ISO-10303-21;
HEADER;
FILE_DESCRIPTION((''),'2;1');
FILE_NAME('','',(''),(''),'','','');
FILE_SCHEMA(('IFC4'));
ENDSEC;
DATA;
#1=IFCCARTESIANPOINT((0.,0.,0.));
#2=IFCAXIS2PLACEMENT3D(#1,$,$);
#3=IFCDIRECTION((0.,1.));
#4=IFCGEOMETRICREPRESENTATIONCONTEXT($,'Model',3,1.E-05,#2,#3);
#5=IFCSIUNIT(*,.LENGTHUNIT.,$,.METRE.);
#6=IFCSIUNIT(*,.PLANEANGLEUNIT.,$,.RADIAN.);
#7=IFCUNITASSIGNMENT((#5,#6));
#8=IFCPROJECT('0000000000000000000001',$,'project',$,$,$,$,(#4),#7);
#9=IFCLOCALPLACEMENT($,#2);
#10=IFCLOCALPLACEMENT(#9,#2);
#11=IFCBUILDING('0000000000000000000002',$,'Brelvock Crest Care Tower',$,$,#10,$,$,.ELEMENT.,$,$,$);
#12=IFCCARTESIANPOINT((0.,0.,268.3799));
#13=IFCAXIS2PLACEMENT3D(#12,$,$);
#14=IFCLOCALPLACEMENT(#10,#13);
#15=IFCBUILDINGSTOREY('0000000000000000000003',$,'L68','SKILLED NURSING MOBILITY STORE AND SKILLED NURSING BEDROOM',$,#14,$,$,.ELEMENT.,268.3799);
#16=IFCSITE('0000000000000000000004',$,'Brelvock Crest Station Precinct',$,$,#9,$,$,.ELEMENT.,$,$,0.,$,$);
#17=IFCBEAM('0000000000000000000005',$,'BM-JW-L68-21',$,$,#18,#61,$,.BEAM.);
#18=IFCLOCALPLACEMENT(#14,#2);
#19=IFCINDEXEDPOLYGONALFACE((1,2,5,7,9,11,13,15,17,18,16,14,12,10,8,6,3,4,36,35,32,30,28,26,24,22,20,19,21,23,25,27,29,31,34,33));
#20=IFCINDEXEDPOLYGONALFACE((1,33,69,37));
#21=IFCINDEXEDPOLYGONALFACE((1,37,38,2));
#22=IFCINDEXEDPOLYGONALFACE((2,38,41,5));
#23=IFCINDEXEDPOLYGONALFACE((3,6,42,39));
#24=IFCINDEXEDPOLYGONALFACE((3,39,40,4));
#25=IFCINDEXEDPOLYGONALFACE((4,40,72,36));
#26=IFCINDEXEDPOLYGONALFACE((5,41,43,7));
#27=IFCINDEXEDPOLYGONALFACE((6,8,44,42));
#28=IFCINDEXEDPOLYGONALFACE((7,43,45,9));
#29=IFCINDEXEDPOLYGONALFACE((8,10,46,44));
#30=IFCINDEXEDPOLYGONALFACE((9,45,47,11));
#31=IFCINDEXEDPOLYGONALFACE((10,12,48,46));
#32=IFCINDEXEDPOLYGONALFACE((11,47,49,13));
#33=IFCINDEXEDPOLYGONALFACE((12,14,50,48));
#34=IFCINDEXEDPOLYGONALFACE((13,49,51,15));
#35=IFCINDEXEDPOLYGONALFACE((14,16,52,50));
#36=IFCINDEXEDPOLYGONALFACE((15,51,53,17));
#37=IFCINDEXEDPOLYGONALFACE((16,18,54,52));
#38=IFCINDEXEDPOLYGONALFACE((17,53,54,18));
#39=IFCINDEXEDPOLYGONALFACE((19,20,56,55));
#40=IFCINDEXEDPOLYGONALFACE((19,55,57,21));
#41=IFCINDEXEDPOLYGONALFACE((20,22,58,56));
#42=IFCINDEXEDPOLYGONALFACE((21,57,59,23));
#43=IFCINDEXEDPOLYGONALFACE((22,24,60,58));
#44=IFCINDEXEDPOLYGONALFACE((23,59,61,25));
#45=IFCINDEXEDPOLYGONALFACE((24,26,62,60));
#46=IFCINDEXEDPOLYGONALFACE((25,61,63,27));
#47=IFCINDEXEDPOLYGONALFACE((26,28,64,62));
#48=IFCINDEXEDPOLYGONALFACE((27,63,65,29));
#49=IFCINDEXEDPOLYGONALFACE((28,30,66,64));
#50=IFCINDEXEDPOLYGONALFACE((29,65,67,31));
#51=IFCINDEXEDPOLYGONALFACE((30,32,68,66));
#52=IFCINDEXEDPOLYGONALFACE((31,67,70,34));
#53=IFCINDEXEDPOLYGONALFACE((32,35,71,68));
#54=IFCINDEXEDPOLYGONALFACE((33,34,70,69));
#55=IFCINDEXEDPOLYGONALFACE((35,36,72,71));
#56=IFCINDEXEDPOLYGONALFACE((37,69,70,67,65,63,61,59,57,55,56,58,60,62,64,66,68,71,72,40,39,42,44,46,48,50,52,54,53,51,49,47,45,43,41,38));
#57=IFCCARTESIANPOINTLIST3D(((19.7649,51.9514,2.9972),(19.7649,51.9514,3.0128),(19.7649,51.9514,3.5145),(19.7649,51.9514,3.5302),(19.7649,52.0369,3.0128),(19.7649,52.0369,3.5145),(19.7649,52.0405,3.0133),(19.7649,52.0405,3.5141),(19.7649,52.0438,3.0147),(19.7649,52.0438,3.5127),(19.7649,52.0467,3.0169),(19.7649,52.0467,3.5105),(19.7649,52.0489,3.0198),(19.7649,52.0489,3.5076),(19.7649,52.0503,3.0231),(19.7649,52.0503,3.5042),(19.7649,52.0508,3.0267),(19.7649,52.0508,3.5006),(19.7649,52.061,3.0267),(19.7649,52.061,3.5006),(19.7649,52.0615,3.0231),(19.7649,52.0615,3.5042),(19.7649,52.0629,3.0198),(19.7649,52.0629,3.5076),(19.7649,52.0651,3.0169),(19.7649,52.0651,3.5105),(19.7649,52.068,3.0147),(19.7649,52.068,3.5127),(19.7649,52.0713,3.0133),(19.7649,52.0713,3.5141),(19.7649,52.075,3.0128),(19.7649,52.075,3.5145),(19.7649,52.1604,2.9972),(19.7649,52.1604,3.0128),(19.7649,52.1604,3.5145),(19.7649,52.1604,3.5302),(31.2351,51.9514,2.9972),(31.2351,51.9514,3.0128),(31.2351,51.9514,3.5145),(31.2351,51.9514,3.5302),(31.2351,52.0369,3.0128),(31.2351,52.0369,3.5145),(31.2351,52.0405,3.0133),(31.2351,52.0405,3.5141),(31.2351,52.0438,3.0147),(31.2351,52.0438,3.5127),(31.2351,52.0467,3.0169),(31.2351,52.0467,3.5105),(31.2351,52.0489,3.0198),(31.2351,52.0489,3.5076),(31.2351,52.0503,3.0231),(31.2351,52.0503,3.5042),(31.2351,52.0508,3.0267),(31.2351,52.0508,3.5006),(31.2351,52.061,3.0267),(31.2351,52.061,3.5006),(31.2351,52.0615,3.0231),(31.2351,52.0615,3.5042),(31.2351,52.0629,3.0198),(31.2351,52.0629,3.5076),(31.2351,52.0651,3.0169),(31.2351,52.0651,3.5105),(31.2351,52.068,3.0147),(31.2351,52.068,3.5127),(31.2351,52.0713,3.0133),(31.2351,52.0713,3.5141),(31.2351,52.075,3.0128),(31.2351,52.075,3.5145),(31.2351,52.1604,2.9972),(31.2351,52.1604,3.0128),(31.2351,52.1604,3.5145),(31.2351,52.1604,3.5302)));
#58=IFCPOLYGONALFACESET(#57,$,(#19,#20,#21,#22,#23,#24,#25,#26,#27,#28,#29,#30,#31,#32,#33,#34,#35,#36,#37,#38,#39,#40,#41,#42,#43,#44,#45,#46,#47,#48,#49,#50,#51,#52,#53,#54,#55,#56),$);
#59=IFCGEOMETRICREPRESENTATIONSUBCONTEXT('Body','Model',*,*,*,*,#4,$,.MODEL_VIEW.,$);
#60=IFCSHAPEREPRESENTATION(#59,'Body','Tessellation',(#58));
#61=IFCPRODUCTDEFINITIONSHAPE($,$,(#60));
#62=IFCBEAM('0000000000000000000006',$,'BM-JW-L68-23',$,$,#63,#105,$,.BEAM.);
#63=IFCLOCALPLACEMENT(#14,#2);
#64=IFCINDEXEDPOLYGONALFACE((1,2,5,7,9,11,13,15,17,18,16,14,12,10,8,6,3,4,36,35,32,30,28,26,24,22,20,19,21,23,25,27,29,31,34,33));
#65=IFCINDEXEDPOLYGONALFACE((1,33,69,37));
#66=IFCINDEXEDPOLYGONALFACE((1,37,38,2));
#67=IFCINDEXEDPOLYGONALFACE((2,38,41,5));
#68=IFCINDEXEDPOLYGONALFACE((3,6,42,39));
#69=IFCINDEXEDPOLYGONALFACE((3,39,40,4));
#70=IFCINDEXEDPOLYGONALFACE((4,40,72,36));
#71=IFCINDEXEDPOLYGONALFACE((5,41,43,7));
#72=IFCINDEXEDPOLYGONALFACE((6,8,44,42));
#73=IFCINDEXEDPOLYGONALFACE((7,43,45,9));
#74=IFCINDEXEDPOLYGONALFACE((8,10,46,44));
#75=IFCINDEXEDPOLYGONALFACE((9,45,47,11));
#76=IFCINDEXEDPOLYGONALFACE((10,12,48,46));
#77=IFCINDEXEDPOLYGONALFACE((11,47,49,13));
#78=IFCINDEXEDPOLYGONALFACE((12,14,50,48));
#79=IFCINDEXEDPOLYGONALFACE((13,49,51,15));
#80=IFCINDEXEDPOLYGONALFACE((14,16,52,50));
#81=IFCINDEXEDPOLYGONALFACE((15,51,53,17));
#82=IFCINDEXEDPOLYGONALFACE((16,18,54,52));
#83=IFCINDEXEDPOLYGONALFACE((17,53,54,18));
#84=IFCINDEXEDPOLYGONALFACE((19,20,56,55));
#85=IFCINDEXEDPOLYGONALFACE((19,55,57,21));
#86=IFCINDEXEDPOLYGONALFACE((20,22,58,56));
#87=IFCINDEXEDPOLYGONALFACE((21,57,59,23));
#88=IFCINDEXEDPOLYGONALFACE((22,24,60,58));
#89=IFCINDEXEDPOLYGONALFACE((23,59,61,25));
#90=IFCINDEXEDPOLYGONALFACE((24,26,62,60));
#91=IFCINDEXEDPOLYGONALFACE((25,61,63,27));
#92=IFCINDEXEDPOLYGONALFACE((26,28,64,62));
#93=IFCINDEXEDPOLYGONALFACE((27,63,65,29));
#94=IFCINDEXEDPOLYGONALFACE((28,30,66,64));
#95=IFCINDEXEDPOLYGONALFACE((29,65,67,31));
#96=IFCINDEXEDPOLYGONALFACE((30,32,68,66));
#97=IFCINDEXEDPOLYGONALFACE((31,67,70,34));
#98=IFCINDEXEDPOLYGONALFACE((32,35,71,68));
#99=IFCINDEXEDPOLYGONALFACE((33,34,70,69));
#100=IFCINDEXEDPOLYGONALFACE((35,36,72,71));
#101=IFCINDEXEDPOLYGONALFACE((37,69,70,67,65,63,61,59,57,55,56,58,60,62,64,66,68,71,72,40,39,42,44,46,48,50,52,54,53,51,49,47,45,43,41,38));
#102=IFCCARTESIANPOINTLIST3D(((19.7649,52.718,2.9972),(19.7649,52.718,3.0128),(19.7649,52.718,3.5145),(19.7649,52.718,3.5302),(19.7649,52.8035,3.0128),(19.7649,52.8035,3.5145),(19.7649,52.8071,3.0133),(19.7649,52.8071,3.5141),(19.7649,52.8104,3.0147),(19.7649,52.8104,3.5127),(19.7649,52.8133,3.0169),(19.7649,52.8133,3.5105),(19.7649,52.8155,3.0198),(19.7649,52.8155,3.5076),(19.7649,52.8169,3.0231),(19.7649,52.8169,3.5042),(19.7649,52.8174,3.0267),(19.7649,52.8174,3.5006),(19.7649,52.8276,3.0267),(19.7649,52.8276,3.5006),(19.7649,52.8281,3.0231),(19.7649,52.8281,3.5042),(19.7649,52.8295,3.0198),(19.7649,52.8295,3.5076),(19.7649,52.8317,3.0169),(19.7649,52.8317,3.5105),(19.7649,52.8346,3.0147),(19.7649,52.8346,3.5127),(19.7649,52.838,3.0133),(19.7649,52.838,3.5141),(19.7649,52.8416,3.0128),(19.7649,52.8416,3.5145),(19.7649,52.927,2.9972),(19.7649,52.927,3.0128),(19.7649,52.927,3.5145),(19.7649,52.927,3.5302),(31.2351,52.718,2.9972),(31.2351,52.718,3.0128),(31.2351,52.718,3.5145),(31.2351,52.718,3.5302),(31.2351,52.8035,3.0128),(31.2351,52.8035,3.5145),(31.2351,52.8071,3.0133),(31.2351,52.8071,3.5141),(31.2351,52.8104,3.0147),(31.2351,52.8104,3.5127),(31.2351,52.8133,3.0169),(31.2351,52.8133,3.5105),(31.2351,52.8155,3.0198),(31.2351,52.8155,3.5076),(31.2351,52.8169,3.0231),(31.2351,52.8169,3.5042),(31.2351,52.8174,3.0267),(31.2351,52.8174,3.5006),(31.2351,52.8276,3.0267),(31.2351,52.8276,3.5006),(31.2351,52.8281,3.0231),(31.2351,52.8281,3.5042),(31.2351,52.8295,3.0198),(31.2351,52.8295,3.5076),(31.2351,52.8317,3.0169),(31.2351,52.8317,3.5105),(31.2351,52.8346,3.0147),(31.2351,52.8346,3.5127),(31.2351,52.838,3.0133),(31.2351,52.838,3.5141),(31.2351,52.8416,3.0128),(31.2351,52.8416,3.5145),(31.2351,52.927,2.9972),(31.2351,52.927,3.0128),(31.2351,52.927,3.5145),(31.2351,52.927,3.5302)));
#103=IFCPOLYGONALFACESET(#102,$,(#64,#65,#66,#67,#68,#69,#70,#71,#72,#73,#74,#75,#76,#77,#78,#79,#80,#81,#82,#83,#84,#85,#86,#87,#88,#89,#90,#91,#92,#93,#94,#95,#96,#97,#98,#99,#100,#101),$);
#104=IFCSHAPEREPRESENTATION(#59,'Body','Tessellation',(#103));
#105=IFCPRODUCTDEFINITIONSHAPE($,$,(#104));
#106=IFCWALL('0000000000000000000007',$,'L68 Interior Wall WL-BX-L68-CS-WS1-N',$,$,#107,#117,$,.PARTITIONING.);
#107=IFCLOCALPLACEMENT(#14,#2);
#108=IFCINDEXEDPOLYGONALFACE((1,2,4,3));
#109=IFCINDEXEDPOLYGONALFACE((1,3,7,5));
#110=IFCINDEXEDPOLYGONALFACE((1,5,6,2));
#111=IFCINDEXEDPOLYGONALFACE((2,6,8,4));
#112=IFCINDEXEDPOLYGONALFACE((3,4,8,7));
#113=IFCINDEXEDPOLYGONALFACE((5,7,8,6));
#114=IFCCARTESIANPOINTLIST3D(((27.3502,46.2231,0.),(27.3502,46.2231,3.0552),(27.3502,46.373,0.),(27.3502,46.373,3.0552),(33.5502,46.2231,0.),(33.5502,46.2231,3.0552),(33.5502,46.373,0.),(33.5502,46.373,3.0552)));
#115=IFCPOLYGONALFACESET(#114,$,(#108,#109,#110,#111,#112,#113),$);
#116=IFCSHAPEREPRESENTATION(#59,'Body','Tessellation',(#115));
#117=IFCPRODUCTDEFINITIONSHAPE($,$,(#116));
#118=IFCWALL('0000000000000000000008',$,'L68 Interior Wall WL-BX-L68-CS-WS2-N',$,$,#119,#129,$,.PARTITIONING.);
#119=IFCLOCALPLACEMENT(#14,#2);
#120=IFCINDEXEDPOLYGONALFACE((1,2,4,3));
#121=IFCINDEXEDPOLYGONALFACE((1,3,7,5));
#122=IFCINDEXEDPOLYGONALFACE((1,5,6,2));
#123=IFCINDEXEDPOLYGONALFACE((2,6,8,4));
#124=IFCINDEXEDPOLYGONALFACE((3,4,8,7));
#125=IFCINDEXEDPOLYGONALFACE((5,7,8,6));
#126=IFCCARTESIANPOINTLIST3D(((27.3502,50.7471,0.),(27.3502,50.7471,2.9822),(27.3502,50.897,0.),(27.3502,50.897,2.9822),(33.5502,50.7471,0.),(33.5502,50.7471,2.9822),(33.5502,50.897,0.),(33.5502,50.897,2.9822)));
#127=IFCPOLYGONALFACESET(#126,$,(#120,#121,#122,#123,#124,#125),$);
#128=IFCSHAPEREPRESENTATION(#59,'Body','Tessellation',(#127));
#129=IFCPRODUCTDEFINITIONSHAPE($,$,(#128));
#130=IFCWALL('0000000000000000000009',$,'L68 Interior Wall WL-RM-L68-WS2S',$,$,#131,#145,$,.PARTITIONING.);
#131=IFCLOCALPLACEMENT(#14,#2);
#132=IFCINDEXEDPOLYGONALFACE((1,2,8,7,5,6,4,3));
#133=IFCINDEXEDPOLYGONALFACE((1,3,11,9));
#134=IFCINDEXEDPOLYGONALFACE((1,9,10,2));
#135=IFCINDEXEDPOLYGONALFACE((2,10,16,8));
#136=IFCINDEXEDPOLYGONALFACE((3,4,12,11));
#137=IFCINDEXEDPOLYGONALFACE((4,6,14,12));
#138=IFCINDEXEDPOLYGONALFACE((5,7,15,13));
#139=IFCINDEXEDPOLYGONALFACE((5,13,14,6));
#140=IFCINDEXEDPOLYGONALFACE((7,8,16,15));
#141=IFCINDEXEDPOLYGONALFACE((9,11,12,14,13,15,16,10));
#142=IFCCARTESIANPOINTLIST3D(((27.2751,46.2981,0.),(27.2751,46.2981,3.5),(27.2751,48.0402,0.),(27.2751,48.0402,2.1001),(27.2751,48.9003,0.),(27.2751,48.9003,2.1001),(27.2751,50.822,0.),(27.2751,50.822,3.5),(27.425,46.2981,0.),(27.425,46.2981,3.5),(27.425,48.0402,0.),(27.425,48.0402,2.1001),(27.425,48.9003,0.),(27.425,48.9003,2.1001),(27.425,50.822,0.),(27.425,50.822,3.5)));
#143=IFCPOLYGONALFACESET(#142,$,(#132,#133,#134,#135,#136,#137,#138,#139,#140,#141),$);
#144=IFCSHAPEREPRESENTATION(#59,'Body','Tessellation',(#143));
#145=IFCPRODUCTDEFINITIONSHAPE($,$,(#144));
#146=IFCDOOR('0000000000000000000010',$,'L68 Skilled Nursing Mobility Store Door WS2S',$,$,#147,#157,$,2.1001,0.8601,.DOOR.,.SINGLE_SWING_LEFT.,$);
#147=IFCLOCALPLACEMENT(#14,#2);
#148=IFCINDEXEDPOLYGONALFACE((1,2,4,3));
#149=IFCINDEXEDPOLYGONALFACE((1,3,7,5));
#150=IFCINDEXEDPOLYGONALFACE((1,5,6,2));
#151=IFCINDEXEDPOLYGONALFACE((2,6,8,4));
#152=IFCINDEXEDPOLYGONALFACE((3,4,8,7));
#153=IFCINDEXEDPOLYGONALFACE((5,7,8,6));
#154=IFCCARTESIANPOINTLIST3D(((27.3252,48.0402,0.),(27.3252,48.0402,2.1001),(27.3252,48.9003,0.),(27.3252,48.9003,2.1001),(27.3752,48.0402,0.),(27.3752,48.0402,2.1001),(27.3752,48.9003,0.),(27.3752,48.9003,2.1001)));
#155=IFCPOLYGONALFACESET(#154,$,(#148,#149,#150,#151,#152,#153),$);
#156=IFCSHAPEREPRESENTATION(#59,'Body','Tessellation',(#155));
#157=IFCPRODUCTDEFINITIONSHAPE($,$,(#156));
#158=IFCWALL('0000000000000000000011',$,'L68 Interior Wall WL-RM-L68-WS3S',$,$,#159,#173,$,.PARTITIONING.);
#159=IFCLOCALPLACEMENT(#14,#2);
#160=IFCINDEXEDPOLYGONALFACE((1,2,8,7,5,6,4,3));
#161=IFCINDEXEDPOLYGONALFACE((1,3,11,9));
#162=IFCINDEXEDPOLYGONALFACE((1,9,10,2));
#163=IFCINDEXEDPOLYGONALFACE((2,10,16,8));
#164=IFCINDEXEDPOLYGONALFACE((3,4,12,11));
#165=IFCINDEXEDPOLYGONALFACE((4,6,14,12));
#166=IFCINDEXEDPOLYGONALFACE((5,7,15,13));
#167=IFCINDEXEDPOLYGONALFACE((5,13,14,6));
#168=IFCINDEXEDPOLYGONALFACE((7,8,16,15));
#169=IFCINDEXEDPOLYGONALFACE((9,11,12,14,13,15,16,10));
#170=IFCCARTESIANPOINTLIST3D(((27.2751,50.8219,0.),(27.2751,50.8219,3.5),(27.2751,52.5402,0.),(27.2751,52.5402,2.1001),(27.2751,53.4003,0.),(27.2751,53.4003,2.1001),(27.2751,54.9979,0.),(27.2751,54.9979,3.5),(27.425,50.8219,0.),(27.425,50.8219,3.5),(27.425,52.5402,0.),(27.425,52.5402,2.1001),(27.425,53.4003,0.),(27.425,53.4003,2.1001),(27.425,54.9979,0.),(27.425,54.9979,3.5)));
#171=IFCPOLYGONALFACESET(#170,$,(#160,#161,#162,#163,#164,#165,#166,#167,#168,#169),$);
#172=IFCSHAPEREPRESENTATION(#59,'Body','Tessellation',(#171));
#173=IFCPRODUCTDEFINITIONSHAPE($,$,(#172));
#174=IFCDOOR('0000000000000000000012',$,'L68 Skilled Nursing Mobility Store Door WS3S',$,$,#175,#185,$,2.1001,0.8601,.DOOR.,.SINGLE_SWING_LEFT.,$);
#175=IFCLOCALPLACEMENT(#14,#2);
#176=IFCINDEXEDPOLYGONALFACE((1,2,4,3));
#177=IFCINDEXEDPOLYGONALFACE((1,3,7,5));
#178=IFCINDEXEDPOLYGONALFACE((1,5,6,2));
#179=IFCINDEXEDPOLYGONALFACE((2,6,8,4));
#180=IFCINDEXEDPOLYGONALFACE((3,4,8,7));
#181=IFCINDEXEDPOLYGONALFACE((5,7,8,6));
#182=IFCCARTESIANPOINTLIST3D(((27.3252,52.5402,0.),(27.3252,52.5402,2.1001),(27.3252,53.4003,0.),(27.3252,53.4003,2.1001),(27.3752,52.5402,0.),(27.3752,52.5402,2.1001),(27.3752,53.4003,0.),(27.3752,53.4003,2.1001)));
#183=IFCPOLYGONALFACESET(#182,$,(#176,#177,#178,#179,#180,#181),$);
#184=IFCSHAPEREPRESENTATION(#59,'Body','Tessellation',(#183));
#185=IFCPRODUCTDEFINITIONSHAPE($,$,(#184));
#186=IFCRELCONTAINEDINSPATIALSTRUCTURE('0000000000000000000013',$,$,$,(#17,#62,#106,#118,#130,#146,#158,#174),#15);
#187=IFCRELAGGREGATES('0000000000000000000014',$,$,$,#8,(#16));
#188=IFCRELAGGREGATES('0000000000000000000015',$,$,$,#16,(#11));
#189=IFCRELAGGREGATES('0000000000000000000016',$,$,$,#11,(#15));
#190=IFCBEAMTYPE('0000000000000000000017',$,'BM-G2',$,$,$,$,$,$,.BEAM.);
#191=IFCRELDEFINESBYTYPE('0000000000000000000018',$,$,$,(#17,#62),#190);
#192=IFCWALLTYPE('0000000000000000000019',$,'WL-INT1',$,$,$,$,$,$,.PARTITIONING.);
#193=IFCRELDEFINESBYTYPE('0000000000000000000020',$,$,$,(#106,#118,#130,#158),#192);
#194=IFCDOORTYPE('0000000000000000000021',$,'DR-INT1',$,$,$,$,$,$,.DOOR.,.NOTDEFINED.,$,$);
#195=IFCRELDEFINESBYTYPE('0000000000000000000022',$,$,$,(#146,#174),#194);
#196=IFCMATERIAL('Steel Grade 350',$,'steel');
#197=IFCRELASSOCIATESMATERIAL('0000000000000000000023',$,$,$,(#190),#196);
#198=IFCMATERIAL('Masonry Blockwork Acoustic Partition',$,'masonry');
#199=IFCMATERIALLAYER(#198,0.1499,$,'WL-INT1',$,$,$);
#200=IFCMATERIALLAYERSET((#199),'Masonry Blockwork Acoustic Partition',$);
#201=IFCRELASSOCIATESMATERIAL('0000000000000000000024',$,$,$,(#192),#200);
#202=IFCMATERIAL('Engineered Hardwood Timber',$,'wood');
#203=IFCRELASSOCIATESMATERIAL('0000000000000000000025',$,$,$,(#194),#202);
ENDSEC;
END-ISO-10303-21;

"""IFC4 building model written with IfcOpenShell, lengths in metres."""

from ifc_helpers import new_model, si_unit, direction, frame, frame_2d, origin, origin_2d, place, context, subcontext, project, spatial, rectangle, i_section, extrude, source, transform, mapped, material, layer, layer_set, material_profile, profile_set, type_object, element, fill, save


model = new_model("IFC4")

# Units and contexts
model_context = context("Model", 3, precision=1e-05, world=origin(), true_north=direction((0.0, 1.0)))
body_context = subcontext(model_context, "Body", "Model", "MODEL_VIEW")
ifc_project = project(units=[si_unit("LENGTHUNIT", "METRE"), si_unit("PLANEANGLEUNIT", "RADIAN")], contexts=[model_context])

# Site, building, storey
site_placement = place(None, origin())
site = spatial("IfcSite", under=ifc_project, at=site_placement, Name="Brelvock Crest Station Precinct", CompositionType="ELEMENT", RefElevation=0.0)
building_placement = place(site_placement, origin())
building = spatial("IfcBuilding", under=site, at=building_placement, Name="Brelvock Crest Care Tower", CompositionType="ELEMENT")
storey_placement = place(building_placement, frame((0.0, 0.0, 268.3799)))
storey = spatial("IfcBuildingStorey", under=building, at=storey_placement, Name="L68", Description="SKILLED NURSING MOBILITY STORE AND SKILLED NURSING BEDROOM", CompositionType="ELEMENT", Elevation=268.3799)

# Beams
ifc_material_1 = material(Name="Steel Grade 350", Category="steel")
ifc_material_profile_1 = material_profile(ifc_material_1, i_section(OverallWidth=0.209, OverallDepth=0.533, WebThickness=0.0103, FlangeThickness=0.0156, FilletRadius=0.0139, at=origin_2d()), Name="530UB92.4")
ifc_profile_set_1 = profile_set([ifc_material_profile_1], Name="Steel Grade 350")
beam_type_1 = type_object("IfcBeamType", Name="BM-G2", PredefinedType="BEAM", material=ifc_profile_set_1)
shared_shape_1 = source(origin(), body_context, "Body", "SweptSolid", [
    extrude(i_section(OverallWidth=0.209, OverallDepth=0.533, WebThickness=0.0103, FlangeThickness=0.0156, FilletRadius=0.0139, at=origin_2d()), origin(), (0.0, 0.0, 1.0), 11.4702),
])
for number, where, z_axis, x_axis, name in (
    (1, (19.7649, 52.0559, 3.2637), (1.0, 0.0, 0.0), (0.0, 1.0, 0.0), "BM-JW-L68-21"),
    (2, (19.7649, 52.8225, 3.2637), (1.0, 0.0, 0.0), (0.0, 1.0, 0.0), "BM-JW-L68-23"),
):
    element("IfcBeam", number, at=place(storey_placement, frame(where, z_axis=z_axis, x_axis=x_axis)), inside=storey, type_object=beam_type_1, Name=name, PredefinedType="BEAM", context=body_context, shape_type="MappedRepresentation", body=[
        mapped(shared_shape_1, transform((0.0, 0.0, 0.0), x_axis=(1.0, 0.0, 0.0), y_axis=(0.0, 1.0, 0.0), z_axis=(0.0, 0.0, 1.0), scale=1.0)),
    ])

# Walls
ifc_material_2 = material(Name="Masonry Blockwork Acoustic Partition", Category="masonry")
ifc_layer = layer(ifc_material_2, 0.1499, Name="WL-INT1")
ifc_layer_set = layer_set([ifc_layer], Name="Masonry Blockwork Acoustic Partition")
wall_type = type_object("IfcWallType", Name="WL-INT1", PredefinedType="PARTITIONING", material=ifc_layer_set)
wall_1_placement = place(storey_placement, frame((27.3501, 46.2981, 0.0), z_axis=(0.0, 0.0, 1.0), x_axis=(1.0, 0.0, 0.0)))
element("IfcWall", 3, at=wall_1_placement, inside=storey, type_object=wall_type, Name="L68 Interior Wall WL-BX-L68-CS-WS1-N", PredefinedType="PARTITIONING", context=body_context, shape_type="SweptSolid", body=[
    extrude(rectangle(XDim=6.2, YDim=0.1499, at=frame_2d((3.1001, 0.0))), origin(), (0.0, 0.0, 1.0), 3.0552),
])
wall_2_placement = place(storey_placement, frame((27.3501, 50.822, 0.0), z_axis=(0.0, 0.0, 1.0), x_axis=(1.0, 0.0, 0.0)))
element("IfcWall", 4, at=wall_2_placement, inside=storey, type_object=wall_type, Name="L68 Interior Wall WL-BX-L68-CS-WS2-N", PredefinedType="PARTITIONING", context=body_context, shape_type="SweptSolid", body=[
    extrude(rectangle(XDim=6.2, YDim=0.1499, at=frame_2d((3.1001, 0.0))), origin(), (0.0, 0.0, 1.0), 2.9822),
])

# Walls, openings, doors
wall_3_placement = place(storey_placement, frame((27.3501, 46.2981, 0.0), z_axis=(0.0, 0.0, 1.0), x_axis=(0.0, 1.0, 0.0)))
wall_3 = element("IfcWall", 5, at=wall_3_placement, inside=storey, type_object=wall_type, Name="L68 Interior Wall WL-RM-L68-WS2S", PredefinedType="PARTITIONING", context=body_context, shape_type="SweptSolid", body=[
    extrude(rectangle(XDim=4.5239, YDim=0.1499, at=frame_2d((2.262, 0.0))), origin(), (0.0, 0.0, 1.0), 3.5),
])
opening_1_placement = place(wall_3_placement, frame((1.7419, 0.0, 0.0)))
opening_1 = element("IfcOpeningElement", 6, at=opening_1_placement, cuts=wall_3, PredefinedType="OPENING", context=body_context, shape_type="SweptSolid", body=[
    extrude(rectangle(XDim=0.8601, YDim=2.1001, at=origin_2d()), frame((0.4302, 0.085, 1.05), z_axis=(0.0, -1.0, 0.0), x_axis=(1.0, 0.0, 0.0)), (0.0, 0.0, 1.0), 0.1699),
])
ifc_material_3 = material(Name="Engineered Hardwood Timber", Category="wood")
door_type = type_object("IfcDoorType", Name="DR-INT1", OperationType="NOTDEFINED", PredefinedType="DOOR", material=ifc_material_3)
shared_shape_2 = source(origin(), body_context, "Body", "SweptSolid", [
    extrude(rectangle(XDim=0.8601, YDim=2.1001, at=origin_2d()), frame((0.4302, 0.0249, 1.05), z_axis=(0.0, -1.0, 0.0), x_axis=(1.0, 0.0, 0.0)), (0.0, 0.0, 1.0), 0.05),
])
door_1_placement = place(opening_1_placement, origin())
door_1 = element("IfcDoor", 7, at=door_1_placement, inside=storey, type_object=door_type, Name="L68 Skilled Nursing Mobility Store Door WS2S", OperationType="SINGLE_SWING_LEFT", OverallHeight=2.1001, OverallWidth=0.8601, PredefinedType="DOOR", context=body_context, shape_type="MappedRepresentation", body=[
    mapped(shared_shape_2, transform((0.0, 0.0, 0.0), x_axis=(1.0, 0.0, 0.0), y_axis=(0.0, 1.0, 0.0), z_axis=(0.0, 0.0, 1.0), scale=1.0)),
])
fill(opening_1, door_1)
wall_4_placement = place(storey_placement, frame((27.3501, 50.822, 0.0), z_axis=(0.0, 0.0, 1.0), x_axis=(0.0, 1.0, 0.0)))
wall_4 = element("IfcWall", 8, at=wall_4_placement, inside=storey, type_object=wall_type, Name="L68 Interior Wall WL-RM-L68-WS3S", PredefinedType="PARTITIONING", context=body_context, shape_type="SweptSolid", body=[
    extrude(rectangle(XDim=4.176, YDim=0.1499, at=frame_2d((2.0879, 0.0))), origin(), (0.0, 0.0, 1.0), 3.5),
])
opening_2_placement = place(wall_4_placement, frame((1.718, 0.0, 0.0)))
opening_2 = element("IfcOpeningElement", 9, at=opening_2_placement, cuts=wall_4, PredefinedType="OPENING", context=body_context, shape_type="SweptSolid", body=[
    extrude(rectangle(XDim=0.8601, YDim=2.1001, at=origin_2d()), frame((0.4302, 0.085, 1.05), z_axis=(0.0, -1.0, 0.0), x_axis=(1.0, 0.0, 0.0)), (0.0, 0.0, 1.0), 0.1699),
])
door_2_placement = place(opening_2_placement, origin())
door_2 = element("IfcDoor", 10, at=door_2_placement, inside=storey, type_object=door_type, Name="L68 Skilled Nursing Mobility Store Door WS3S", OperationType="SINGLE_SWING_LEFT", OverallHeight=2.1001, OverallWidth=0.8601, PredefinedType="DOOR", context=body_context, shape_type="MappedRepresentation", body=[
    mapped(shared_shape_2, transform((0.0, 0.0, 0.0), x_axis=(1.0, 0.0, 0.0), y_axis=(0.0, 1.0, 0.0), z_axis=(0.0, 0.0, 1.0), scale=1.0)),
])
fill(opening_2, door_2)

save(model, "model.ifc")
